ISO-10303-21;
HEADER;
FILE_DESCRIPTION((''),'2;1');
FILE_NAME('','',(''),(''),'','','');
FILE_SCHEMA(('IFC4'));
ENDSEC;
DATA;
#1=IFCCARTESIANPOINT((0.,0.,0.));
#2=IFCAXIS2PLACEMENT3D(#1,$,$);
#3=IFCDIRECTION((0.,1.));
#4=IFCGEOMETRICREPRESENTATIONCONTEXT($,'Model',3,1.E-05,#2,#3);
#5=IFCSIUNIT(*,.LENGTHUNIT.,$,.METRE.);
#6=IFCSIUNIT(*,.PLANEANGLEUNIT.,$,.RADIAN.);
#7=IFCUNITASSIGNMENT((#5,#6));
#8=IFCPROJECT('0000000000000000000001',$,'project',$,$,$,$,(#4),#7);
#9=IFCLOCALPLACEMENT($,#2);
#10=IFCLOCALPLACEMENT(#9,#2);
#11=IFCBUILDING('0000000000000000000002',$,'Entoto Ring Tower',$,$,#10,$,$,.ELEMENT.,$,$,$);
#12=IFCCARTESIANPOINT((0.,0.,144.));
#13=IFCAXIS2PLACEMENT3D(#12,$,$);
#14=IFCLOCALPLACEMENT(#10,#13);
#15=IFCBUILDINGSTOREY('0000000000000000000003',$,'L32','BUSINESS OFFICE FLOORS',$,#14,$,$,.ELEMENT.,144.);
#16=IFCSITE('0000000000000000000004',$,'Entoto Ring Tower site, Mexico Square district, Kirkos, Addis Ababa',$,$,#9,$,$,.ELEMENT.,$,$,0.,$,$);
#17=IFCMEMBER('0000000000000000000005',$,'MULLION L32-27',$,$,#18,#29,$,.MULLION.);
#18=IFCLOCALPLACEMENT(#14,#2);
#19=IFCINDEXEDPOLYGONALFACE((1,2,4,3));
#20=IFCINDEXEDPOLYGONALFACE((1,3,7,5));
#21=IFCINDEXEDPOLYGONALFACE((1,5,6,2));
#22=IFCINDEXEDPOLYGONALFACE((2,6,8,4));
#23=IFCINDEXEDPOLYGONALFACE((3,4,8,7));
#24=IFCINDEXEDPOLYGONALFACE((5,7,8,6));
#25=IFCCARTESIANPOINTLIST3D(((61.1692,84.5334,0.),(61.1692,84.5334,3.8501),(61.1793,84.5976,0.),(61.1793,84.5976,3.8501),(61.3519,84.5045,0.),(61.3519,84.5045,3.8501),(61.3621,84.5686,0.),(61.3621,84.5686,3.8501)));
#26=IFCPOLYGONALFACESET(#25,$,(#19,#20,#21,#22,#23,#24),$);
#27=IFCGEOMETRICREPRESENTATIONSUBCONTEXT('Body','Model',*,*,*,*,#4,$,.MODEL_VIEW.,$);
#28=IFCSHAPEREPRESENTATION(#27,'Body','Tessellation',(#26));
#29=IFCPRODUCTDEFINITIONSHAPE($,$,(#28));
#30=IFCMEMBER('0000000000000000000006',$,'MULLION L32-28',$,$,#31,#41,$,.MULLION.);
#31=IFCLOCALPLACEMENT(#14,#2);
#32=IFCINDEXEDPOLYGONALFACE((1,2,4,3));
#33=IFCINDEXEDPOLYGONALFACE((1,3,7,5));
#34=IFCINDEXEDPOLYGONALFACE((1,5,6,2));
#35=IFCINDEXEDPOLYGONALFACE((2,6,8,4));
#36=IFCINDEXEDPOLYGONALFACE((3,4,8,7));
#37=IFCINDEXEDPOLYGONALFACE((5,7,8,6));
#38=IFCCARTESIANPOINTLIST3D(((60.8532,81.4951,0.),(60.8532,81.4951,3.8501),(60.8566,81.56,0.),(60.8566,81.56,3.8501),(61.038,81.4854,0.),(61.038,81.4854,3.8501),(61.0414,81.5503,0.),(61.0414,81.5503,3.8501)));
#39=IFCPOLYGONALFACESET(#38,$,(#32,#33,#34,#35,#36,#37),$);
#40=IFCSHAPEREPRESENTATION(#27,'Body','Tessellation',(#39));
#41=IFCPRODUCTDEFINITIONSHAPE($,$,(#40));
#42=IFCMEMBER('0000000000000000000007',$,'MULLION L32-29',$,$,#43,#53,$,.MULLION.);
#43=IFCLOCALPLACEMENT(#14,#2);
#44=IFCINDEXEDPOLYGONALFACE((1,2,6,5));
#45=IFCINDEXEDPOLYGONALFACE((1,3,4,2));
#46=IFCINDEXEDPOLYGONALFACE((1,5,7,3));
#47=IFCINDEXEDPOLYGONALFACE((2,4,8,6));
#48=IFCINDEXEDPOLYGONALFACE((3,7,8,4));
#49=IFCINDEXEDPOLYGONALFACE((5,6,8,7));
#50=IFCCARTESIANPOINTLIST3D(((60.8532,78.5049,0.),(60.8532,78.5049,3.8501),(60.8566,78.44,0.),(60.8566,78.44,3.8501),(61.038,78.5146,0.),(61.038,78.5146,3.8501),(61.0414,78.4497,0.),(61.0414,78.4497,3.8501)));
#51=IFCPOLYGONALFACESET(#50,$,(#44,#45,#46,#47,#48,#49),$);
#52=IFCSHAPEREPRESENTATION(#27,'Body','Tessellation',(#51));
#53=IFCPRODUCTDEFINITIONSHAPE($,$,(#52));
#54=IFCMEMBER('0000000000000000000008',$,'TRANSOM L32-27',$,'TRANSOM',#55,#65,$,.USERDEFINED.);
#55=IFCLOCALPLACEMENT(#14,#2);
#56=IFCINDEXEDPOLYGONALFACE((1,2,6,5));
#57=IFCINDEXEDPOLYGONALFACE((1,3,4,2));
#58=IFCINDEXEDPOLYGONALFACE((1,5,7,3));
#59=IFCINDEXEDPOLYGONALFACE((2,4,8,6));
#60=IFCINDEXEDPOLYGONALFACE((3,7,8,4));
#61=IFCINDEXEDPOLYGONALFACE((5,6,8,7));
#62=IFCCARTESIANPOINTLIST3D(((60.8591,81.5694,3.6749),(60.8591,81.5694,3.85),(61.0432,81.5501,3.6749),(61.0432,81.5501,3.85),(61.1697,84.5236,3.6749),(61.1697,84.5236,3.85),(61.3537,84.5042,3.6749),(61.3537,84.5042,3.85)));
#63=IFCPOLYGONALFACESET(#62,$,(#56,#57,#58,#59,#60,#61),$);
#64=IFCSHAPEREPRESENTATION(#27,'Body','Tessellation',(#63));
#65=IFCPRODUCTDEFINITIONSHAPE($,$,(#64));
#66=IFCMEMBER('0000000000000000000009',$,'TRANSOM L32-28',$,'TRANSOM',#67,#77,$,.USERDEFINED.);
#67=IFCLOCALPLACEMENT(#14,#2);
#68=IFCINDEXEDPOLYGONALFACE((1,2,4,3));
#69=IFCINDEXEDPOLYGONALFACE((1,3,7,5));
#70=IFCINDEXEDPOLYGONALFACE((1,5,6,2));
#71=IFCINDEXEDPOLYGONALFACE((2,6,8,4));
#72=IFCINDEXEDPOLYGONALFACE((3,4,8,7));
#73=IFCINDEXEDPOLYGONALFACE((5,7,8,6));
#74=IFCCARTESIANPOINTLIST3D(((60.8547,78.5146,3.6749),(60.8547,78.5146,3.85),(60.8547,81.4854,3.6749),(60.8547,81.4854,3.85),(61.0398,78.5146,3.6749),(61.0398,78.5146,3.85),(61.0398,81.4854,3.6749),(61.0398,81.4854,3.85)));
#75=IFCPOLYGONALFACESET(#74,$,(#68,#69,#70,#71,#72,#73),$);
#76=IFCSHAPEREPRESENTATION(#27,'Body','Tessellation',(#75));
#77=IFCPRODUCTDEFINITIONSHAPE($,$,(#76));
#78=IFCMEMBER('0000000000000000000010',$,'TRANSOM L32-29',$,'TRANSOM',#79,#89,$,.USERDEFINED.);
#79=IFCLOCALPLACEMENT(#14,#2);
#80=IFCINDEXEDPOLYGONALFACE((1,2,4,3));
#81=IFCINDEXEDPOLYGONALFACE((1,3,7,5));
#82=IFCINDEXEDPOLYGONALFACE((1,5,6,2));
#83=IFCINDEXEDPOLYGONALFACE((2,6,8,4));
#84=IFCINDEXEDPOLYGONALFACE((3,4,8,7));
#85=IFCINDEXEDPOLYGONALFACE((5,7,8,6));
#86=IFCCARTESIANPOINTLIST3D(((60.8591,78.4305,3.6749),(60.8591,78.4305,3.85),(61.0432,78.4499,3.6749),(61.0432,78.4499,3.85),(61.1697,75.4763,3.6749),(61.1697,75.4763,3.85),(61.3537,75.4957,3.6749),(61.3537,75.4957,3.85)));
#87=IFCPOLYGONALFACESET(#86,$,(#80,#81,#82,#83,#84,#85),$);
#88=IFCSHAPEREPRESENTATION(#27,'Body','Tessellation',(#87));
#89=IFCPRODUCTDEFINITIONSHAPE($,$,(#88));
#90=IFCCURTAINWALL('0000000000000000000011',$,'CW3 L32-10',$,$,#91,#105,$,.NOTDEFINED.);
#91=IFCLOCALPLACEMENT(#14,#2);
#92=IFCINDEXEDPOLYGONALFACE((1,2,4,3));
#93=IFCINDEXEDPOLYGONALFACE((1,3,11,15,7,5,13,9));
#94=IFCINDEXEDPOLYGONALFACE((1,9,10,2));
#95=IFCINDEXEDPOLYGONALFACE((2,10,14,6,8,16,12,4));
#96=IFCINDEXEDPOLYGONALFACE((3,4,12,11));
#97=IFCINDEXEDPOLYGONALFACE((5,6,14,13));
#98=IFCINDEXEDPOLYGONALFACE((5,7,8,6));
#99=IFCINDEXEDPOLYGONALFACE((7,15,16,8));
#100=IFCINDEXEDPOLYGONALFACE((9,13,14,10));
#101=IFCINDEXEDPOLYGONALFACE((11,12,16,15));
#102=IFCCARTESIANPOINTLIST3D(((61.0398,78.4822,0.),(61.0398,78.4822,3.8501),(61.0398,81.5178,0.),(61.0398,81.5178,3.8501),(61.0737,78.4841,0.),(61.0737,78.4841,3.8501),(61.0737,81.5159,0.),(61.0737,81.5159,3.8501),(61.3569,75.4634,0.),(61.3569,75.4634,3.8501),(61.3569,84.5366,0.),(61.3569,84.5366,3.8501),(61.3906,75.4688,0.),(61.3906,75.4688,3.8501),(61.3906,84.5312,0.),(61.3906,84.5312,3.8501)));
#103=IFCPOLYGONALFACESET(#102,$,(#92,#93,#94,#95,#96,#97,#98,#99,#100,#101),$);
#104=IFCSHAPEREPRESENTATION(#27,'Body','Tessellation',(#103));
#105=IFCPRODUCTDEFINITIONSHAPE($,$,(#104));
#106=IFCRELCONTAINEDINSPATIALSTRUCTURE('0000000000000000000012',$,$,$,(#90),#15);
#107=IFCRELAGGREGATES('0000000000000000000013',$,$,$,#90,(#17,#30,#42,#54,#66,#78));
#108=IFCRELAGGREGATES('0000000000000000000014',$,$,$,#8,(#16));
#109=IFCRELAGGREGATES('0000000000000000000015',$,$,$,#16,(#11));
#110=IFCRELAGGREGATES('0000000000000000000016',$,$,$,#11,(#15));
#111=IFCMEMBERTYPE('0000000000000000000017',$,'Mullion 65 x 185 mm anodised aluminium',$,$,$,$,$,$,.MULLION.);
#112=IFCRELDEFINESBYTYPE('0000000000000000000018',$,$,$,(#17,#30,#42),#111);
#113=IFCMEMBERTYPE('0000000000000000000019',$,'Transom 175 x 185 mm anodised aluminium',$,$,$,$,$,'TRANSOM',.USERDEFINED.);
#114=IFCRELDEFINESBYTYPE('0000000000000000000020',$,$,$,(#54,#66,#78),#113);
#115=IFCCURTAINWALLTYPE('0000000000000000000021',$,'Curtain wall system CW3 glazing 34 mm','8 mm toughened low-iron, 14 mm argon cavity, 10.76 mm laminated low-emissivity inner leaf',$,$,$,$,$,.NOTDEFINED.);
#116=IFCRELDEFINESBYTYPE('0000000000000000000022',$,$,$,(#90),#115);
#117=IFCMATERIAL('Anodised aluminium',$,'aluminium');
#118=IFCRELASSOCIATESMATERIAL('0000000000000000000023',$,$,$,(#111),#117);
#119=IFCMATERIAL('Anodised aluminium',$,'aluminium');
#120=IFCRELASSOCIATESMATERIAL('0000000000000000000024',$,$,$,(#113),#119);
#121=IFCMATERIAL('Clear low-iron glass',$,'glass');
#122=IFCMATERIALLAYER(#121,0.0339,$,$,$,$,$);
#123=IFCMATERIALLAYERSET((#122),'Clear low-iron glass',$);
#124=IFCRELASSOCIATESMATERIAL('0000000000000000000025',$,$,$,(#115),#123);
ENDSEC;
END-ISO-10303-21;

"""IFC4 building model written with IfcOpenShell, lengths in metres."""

from ifc_helpers import new_model, si_unit, direction, frame, origin, origin_2d, place, context, subcontext, project, spatial, polyline, rectangle, outline, extrude, material, layer, layer_set, material_profile, profile_set, type_object, element, aggregate, save


model = new_model("IFC4")

# Units and contexts
model_context = context("Model", 3, precision=1e-05, world=origin(), true_north=direction((0.0, 1.0)))
body_context = subcontext(model_context, "Body", "Model", "MODEL_VIEW")
ifc_project = project(units=[si_unit("LENGTHUNIT", "METRE"), si_unit("PLANEANGLEUNIT", "RADIAN")], contexts=[model_context])

# Members
ifc_material_1 = material(Name="Anodised aluminium", Category="aluminium")
ifc_material_profile_1 = material_profile(ifc_material_1, rectangle(XDim=0.0649, YDim=0.1851, at=origin_2d()), Name="Mullion 65 x 185 mm anodised aluminium")
ifc_profile_set_1 = profile_set([ifc_material_profile_1], Name="Anodised aluminium")
member_type_1 = type_object("IfcMemberType", Name="Mullion 65 x 185 mm anodised aluminium", PredefinedType="MULLION", material=ifc_profile_set_1)
site_placement = place(None, origin())
building_placement = place(site_placement, origin())
storey_placement = place(building_placement, frame((0.0, 0.0, 144.0)))
member_1_placement = place(storey_placement, frame((61.2656, 84.551, 0.0), z_axis=(0.0, 0.0, 1.0), x_axis=(-0.156434, -0.987688, 0.0)))
member_1 = element("IfcMember", 1, at=member_1_placement, type_object=member_type_1, Name="MULLION L32-27", PredefinedType="MULLION", context=body_context, shape_type="SweptSolid", body=[
    extrude(rectangle(XDim=0.0649, YDim=0.1851, at=origin_2d()), origin(), (0.0, 0.0, 1.0), 3.8501),
])
member_2_placement = place(storey_placement, frame((60.9473, 81.5227, 0.0), z_axis=(0.0, 0.0, 1.0), x_axis=(-0.052336, -0.99863, 0.0)))
member_2 = element("IfcMember", 2, at=member_2_placement, type_object=member_type_1, Name="MULLION L32-28", PredefinedType="MULLION", context=body_context, shape_type="SweptSolid", body=[
    extrude(rectangle(XDim=0.0649, YDim=0.1851, at=origin_2d()), origin(), (0.0, 0.0, 1.0), 3.8501),
])
member_3_placement = place(storey_placement, frame((60.9473, 78.4773, 0.0), z_axis=(0.0, 0.0, 1.0), x_axis=(0.052336, -0.99863, 0.0)))
member_3 = element("IfcMember", 3, at=member_3_placement, type_object=member_type_1, Name="MULLION L32-29", PredefinedType="MULLION", context=body_context, shape_type="SweptSolid", body=[
    extrude(rectangle(XDim=0.0649, YDim=0.1851, at=origin_2d()), origin(), (0.0, 0.0, 1.0), 3.8501),
])
ifc_material_2 = material(Name="Anodised aluminium", Category="aluminium")
ifc_material_profile_2 = material_profile(ifc_material_2, rectangle(XDim=0.1851, YDim=0.175, at=origin_2d()), Name="Transom 175 x 185 mm anodised aluminium")
ifc_profile_set_2 = profile_set([ifc_material_profile_2], Name="Anodised aluminium")
member_type_2 = type_object("IfcMemberType", Name="Transom 175 x 185 mm anodised aluminium", ElementType="TRANSOM", PredefinedType="USERDEFINED", material=ifc_profile_set_2)
member_4_placement = place(storey_placement, frame((61.2617, 84.5139, 3.7625), z_axis=(-0.104548, -0.99452, 0.0), x_axis=(0.99452, -0.104548, 0.0)))
member_4 = element("IfcMember", 4, at=member_4_placement, type_object=member_type_2, Name="TRANSOM L32-27", ObjectType="TRANSOM", PredefinedType="USERDEFINED", context=body_context, shape_type="SweptSolid", body=[
    extrude(rectangle(XDim=0.1851, YDim=0.175, at=origin_2d()), origin(), (0.0, 0.0, 1.0), 2.9705),
])
member_5_placement = place(storey_placement, frame((60.9473, 81.4854, 3.7625), z_axis=(0.0, -1.0, 0.0), x_axis=(1.0, 0.0, 0.0)))
member_5 = element("IfcMember", 5, at=member_5_placement, type_object=member_type_2, Name="TRANSOM L32-28", ObjectType="TRANSOM", PredefinedType="USERDEFINED", context=body_context, shape_type="SweptSolid", body=[
    extrude(rectangle(XDim=0.1851, YDim=0.175, at=origin_2d()), origin(), (0.0, 0.0, 1.0), 2.9707),
])
member_6_placement = place(storey_placement, frame((60.9512, 78.4402, 3.7625), z_axis=(0.104548, -0.99452, 0.0), x_axis=(0.99452, 0.104548, 0.0)))
member_6 = element("IfcMember", 6, at=member_6_placement, type_object=member_type_2, Name="TRANSOM L32-29", ObjectType="TRANSOM", PredefinedType="USERDEFINED", context=body_context, shape_type="SweptSolid", body=[
    extrude(rectangle(XDim=0.1851, YDim=0.175, at=origin_2d()), origin(), (0.0, 0.0, 1.0), 2.9705),
])

# Site, building, storey
site = spatial("IfcSite", under=ifc_project, at=site_placement, Name="Entoto Ring Tower site, Mexico Square district, Kirkos, Addis Ababa", CompositionType="ELEMENT", RefElevation=0.0)
building = spatial("IfcBuilding", under=site, at=building_placement, Name="Entoto Ring Tower", CompositionType="ELEMENT")
storey = spatial("IfcBuildingStorey", under=building, at=storey_placement, Name="L32", Description="BUSINESS OFFICE FLOORS", CompositionType="ELEMENT", Elevation=144.0)

# Curtain wall
ifc_material_3 = material(Name="Clear low-iron glass", Category="glass")
ifc_layer = layer(ifc_material_3, 0.0339)
ifc_layer_set = layer_set([ifc_layer], Name="Clear low-iron glass")
curtain_wall_type = type_object("IfcCurtainWallType", Name="Curtain wall system CW3 glazing 34 mm", Description="8 mm toughened low-iron, 14 mm argon cavity, 10.76 mm laminated low-emissivity inner leaf", PredefinedType="NOTDEFINED", material=ifc_layer_set)
curtain_wall_1_placement = place(storey_placement, origin())
curtain_wall_1 = element("IfcCurtainWall", 7, at=curtain_wall_1_placement, inside=storey, type_object=curtain_wall_type, Name="CW3 L32-10", PredefinedType="NOTDEFINED", context=body_context, shape_type="SweptSolid", body=[
    extrude(outline(polyline([(61.3569, 84.5366), (61.0398, 81.5178), (61.0398, 78.4822), (61.3569, 75.4634), (61.3906, 75.4688), (61.0737, 78.4841), (61.0737, 81.5159), (61.3906, 84.5312), (61.3569, 84.5366)])), origin(), (0.0, 0.0, 1.0), 3.8501),
])
aggregate(curtain_wall_1, [member_1, member_2, member_3, member_4, member_5, member_6])

save(model, "model.ifc")
